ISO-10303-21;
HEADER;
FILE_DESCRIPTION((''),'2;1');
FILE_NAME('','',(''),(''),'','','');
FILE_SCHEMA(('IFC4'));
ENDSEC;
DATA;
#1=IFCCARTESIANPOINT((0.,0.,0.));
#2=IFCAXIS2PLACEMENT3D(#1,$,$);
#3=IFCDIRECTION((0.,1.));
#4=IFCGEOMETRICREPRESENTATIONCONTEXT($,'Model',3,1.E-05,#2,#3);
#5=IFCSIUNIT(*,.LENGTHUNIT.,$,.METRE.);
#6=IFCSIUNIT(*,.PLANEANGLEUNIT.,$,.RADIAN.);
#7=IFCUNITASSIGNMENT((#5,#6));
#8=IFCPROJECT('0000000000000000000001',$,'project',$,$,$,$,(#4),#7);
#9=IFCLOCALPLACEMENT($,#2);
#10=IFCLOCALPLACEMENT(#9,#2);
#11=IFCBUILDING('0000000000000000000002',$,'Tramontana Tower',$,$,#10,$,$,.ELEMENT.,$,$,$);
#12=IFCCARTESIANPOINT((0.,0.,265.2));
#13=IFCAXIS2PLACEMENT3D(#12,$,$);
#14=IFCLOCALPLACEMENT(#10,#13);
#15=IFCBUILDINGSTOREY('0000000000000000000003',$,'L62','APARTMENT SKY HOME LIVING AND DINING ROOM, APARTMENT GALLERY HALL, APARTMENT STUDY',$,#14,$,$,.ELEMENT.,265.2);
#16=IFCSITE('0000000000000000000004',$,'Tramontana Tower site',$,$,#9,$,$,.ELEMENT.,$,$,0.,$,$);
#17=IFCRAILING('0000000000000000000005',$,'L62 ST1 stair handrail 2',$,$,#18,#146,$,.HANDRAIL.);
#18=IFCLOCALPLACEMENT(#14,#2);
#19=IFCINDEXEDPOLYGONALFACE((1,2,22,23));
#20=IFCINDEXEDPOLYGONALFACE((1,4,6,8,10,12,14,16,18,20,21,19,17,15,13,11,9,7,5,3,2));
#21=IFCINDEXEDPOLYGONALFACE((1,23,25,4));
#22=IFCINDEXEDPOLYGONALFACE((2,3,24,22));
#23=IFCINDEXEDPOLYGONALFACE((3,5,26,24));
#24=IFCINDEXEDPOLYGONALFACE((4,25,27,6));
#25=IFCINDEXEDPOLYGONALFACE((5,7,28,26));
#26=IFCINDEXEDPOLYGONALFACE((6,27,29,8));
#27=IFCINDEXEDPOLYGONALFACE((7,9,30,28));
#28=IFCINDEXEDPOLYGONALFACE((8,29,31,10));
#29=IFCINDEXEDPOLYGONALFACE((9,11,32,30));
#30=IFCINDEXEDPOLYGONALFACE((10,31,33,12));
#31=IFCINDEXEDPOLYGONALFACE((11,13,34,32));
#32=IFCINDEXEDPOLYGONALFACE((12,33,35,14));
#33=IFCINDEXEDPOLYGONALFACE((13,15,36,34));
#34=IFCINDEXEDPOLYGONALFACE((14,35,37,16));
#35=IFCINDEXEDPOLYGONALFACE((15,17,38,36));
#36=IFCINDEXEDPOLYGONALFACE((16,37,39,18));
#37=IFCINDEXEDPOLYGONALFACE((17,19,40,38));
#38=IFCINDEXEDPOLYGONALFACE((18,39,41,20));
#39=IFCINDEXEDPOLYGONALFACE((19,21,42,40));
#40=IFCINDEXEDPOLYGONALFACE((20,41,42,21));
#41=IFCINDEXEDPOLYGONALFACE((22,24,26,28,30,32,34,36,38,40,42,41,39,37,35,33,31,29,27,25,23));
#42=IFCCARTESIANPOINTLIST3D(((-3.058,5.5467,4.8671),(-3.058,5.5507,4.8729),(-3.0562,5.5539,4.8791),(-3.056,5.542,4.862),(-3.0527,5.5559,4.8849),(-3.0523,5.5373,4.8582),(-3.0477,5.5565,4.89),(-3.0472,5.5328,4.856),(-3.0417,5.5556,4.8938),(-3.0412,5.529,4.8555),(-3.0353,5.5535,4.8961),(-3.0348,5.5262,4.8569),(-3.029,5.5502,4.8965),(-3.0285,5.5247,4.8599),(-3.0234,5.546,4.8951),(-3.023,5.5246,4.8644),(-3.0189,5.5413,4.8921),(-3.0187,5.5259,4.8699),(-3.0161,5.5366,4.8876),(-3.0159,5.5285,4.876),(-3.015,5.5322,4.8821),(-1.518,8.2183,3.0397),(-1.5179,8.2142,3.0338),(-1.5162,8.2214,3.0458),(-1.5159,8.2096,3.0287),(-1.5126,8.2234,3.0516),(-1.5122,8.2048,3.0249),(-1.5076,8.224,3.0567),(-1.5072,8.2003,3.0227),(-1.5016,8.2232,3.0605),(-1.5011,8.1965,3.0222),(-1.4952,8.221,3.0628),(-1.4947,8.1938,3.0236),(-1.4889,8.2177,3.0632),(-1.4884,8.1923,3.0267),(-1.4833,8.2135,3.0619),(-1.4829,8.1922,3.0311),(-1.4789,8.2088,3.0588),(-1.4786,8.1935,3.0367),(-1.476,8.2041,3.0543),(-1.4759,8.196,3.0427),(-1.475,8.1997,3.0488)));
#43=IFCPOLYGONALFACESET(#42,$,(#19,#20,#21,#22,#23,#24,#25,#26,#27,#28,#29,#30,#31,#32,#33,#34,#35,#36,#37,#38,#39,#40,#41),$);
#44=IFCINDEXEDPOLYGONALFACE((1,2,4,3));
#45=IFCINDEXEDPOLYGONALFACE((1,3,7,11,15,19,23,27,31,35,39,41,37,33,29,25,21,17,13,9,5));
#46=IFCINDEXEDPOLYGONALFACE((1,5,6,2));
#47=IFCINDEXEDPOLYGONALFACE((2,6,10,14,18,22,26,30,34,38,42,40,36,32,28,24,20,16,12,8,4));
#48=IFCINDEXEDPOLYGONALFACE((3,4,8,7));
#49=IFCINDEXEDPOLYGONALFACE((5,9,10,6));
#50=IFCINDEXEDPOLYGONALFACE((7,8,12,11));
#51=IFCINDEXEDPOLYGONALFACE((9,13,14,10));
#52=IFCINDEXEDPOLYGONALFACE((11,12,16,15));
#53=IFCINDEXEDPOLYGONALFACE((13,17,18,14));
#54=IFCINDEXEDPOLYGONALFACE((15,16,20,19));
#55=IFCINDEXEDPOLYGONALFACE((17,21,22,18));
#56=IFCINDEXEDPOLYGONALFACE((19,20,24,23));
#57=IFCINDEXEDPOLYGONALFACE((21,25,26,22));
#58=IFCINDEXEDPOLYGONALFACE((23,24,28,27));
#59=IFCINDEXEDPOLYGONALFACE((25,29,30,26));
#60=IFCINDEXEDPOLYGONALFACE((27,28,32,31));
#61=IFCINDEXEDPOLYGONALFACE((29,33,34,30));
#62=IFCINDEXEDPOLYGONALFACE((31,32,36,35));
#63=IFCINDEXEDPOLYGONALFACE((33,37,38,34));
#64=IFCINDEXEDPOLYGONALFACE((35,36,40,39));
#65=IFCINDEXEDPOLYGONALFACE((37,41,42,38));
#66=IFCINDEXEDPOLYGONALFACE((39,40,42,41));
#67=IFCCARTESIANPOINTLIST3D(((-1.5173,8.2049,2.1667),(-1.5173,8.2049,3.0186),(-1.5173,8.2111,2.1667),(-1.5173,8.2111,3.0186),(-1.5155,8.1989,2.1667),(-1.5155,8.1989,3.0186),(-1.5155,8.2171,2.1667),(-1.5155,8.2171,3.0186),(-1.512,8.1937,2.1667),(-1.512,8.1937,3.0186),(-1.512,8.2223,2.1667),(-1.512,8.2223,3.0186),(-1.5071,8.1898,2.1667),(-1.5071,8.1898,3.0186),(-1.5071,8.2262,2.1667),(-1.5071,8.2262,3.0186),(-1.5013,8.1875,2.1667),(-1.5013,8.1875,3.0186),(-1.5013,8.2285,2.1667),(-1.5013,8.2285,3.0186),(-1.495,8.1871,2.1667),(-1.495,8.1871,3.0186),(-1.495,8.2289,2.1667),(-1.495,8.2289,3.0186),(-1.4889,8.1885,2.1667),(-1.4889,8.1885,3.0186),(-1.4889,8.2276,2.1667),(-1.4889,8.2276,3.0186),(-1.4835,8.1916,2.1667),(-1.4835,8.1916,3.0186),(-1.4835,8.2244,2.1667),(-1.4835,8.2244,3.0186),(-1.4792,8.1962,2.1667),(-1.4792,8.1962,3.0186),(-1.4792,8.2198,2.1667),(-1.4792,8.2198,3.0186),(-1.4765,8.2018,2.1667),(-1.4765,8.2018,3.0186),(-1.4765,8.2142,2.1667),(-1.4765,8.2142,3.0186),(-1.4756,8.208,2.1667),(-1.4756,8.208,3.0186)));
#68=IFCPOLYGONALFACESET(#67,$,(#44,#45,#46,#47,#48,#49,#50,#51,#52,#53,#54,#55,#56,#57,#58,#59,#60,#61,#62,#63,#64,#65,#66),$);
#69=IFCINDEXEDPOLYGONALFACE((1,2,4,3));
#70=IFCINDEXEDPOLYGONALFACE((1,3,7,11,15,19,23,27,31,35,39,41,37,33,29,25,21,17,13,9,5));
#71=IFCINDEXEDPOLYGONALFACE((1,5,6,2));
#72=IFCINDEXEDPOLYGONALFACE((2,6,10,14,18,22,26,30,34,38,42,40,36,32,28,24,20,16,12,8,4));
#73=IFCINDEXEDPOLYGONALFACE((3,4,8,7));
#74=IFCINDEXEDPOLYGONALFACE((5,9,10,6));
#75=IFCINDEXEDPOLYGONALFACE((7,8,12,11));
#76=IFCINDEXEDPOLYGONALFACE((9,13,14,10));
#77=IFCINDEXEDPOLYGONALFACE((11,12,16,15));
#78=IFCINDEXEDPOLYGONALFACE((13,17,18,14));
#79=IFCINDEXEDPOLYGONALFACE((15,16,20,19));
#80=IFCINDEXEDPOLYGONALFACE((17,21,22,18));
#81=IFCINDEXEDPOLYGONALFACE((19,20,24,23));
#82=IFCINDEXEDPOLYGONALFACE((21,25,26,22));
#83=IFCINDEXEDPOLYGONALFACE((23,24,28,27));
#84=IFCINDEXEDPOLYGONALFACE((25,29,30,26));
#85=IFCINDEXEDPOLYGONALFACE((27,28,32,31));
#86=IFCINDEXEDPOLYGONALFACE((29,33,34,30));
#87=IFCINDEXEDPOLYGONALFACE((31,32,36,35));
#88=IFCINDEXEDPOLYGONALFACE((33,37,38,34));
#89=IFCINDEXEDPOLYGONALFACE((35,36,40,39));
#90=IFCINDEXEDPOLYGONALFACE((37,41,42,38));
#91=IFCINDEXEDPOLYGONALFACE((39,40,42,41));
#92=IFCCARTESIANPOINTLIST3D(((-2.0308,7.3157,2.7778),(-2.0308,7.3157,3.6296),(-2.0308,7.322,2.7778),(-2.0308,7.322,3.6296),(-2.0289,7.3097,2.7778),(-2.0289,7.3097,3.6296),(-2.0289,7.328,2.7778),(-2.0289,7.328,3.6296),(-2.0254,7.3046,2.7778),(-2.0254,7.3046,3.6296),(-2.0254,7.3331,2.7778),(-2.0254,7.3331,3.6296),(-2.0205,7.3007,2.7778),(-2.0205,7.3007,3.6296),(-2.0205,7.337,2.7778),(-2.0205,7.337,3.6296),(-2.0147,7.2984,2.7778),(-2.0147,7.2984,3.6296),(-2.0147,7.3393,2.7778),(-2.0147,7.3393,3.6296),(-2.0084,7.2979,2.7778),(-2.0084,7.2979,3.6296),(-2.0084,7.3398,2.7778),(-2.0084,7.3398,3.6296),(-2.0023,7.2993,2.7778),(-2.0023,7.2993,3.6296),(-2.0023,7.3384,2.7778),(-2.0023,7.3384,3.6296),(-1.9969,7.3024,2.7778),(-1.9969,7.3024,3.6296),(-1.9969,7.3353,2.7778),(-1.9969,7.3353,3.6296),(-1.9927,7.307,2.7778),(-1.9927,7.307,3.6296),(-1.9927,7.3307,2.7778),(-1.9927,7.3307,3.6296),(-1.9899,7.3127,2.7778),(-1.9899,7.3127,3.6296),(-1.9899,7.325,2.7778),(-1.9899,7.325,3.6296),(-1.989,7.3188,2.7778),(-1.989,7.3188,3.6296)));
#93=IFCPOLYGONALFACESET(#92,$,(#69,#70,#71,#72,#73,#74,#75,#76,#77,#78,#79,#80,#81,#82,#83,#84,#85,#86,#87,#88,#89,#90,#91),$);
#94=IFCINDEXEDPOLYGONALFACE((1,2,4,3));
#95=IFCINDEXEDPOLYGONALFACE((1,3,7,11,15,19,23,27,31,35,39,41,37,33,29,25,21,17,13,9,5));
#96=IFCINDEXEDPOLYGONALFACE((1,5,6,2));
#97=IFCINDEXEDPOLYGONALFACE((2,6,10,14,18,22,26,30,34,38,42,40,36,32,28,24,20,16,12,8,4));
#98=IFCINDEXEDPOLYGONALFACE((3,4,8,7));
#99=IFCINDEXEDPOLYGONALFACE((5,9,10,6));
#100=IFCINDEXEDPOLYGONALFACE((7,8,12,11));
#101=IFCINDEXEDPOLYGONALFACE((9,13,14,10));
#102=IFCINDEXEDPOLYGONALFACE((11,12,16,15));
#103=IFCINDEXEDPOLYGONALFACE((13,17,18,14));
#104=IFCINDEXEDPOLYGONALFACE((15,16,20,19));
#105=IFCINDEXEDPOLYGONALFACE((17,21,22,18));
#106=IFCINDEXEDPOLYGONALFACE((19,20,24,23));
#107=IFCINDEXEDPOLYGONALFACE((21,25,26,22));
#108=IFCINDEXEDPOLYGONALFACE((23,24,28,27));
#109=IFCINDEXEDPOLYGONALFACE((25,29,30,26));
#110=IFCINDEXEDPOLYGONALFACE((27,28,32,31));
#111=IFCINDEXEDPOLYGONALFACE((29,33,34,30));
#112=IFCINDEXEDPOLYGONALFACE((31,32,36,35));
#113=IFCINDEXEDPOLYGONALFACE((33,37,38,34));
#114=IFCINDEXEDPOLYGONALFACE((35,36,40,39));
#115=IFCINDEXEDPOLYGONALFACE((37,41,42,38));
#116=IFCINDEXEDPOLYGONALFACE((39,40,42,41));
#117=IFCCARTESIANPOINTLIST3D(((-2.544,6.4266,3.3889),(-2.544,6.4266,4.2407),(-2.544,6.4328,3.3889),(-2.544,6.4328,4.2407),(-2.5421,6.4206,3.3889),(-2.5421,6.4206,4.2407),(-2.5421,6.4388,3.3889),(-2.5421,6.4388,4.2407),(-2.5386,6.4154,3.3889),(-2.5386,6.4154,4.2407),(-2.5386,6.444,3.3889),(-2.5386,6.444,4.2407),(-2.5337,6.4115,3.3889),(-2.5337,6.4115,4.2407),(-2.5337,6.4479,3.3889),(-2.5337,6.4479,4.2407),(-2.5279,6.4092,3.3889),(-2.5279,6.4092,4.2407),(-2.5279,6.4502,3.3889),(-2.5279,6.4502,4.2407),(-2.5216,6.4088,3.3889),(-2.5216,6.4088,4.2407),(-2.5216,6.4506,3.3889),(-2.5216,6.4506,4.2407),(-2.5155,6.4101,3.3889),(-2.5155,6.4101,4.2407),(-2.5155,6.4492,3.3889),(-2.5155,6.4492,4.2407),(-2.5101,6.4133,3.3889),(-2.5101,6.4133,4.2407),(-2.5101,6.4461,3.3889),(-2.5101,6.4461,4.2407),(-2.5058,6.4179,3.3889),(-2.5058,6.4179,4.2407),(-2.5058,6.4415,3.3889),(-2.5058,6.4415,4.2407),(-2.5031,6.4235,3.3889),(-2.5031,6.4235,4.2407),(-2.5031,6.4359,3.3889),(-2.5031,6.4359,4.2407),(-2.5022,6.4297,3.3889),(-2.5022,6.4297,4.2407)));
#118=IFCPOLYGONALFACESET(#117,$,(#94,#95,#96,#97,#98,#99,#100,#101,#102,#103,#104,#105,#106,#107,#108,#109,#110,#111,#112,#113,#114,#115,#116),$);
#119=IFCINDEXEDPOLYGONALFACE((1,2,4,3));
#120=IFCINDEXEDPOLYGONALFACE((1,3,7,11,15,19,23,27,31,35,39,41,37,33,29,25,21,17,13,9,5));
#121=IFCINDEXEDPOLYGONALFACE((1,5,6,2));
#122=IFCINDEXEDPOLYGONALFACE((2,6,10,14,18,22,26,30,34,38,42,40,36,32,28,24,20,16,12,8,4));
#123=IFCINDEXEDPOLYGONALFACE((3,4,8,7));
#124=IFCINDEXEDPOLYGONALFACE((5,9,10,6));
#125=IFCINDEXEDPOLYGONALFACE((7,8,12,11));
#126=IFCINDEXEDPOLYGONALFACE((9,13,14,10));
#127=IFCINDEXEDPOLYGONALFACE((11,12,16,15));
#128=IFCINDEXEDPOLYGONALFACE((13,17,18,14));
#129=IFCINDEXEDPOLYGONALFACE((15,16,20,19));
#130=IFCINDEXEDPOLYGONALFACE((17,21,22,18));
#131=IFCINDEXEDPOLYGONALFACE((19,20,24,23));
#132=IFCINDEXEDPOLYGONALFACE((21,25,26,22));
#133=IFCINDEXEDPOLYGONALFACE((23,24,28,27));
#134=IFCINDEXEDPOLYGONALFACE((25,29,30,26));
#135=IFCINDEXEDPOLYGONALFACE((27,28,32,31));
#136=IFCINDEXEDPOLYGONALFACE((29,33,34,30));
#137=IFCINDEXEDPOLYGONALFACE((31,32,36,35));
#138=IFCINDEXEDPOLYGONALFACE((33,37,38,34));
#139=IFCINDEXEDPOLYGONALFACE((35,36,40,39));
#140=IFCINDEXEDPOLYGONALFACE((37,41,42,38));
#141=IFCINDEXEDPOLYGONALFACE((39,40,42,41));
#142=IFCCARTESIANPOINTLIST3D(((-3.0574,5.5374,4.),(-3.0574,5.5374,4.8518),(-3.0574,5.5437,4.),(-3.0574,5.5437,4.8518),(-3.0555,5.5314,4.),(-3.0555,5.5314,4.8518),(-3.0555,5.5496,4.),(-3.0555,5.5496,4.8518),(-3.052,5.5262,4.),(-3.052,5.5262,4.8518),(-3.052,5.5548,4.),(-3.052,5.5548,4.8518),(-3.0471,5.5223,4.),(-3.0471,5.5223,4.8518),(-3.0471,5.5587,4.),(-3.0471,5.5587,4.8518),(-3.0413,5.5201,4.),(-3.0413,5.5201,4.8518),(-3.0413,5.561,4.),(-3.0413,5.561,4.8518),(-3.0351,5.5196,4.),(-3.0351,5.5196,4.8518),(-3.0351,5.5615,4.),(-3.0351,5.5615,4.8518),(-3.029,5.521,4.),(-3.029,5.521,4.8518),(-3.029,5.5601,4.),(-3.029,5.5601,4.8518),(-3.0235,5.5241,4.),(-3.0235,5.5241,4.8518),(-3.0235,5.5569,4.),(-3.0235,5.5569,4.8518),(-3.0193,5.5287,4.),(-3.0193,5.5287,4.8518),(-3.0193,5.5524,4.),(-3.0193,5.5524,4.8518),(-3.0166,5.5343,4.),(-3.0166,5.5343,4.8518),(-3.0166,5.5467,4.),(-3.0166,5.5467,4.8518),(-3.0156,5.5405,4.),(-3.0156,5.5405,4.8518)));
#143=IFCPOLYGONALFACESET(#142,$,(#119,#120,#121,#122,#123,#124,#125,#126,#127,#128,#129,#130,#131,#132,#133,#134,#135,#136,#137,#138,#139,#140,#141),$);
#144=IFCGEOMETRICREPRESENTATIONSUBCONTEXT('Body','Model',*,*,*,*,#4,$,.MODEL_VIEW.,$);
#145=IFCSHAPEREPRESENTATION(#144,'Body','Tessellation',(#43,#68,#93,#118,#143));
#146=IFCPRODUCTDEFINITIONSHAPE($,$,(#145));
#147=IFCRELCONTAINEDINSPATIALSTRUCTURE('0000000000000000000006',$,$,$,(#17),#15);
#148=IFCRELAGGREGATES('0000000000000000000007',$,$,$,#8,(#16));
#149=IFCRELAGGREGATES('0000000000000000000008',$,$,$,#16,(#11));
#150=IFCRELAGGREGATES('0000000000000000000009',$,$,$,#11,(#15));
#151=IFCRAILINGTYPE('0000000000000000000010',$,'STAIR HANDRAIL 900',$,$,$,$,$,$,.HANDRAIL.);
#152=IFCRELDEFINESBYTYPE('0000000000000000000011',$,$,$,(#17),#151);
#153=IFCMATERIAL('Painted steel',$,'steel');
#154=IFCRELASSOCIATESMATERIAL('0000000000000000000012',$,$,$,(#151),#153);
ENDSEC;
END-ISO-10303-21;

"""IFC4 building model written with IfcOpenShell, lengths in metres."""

from ifc_helpers import new_model, si_unit, direction, frame, origin, origin_2d, place, context, subcontext, project, spatial, circle, extrude, material, type_object, element, save


model = new_model("IFC4")

# Units and contexts
model_context = context("Model", 3, precision=1e-05, world=origin(), true_north=direction((0.0, 1.0)))
body_context = subcontext(model_context, "Body", "Model", "MODEL_VIEW")
ifc_project = project(units=[si_unit("LENGTHUNIT", "METRE"), si_unit("PLANEANGLEUNIT", "RADIAN")], contexts=[model_context])

# Site, building, storey
site_placement = place(None, origin())
site = spatial("IfcSite", under=ifc_project, at=site_placement, Name="Tramontana Tower site", CompositionType="ELEMENT", RefElevation=0.0)
building_placement = place(site_placement, origin())
building = spatial("IfcBuilding", under=site, at=building_placement, Name="Tramontana Tower", CompositionType="ELEMENT")
storey_placement = place(building_placement, frame((0.0, 0.0, 265.2)))
storey = spatial("IfcBuildingStorey", under=building, at=storey_placement, Name="L62", Description="APARTMENT SKY HOME LIVING AND DINING ROOM, APARTMENT GALLERY HALL, APARTMENT STUDY", CompositionType="ELEMENT", Elevation=265.2)

# Railing
ifc_material_1 = material(Name="Painted steel", Category="steel")
railing_type_1 = type_object("IfcRailingType", Name="STAIR HANDRAIL 900", PredefinedType="HANDRAIL", material=ifc_material_1)
railing_1_placement = place(storey_placement, frame((-1.4966, 8.208, 2.1667)))
element("IfcRailing", 1, at=railing_1_placement, inside=storey, type_object=railing_type_1, Name="L62 ST1 stair handrail 2", PredefinedType="HANDRAIL", context=body_context, shape_type="SweptSolid", body=[
    extrude(circle(Radius=0.0239, at=origin_2d()), frame((0.0, 0.0, 0.876), z_axis=(-0.429649, -0.74419, 0.511452), x_axis=(0.86603, -0.499992, 0.0)), (0.0, 0.0, 1.0), 3.5845),
    extrude(circle(Radius=0.021, at=origin_2d()), origin(), (0.0, 0.0, 1.0), 0.8518),
    extrude(circle(Radius=0.021, at=origin_2d()), frame((-0.5134, -0.8892, 0.6111)), (0.0, 0.0, 1.0), 0.8518),
    extrude(circle(Radius=0.021, at=origin_2d()), frame((-1.0266, -1.7783, 1.2222)), (0.0, 0.0, 1.0), 0.8518),
    extrude(circle(Radius=0.021, at=origin_2d()), frame((-1.54, -2.6675, 1.8333)), (0.0, 0.0, 1.0), 0.8518),
])

save(model, "model.ifc")
